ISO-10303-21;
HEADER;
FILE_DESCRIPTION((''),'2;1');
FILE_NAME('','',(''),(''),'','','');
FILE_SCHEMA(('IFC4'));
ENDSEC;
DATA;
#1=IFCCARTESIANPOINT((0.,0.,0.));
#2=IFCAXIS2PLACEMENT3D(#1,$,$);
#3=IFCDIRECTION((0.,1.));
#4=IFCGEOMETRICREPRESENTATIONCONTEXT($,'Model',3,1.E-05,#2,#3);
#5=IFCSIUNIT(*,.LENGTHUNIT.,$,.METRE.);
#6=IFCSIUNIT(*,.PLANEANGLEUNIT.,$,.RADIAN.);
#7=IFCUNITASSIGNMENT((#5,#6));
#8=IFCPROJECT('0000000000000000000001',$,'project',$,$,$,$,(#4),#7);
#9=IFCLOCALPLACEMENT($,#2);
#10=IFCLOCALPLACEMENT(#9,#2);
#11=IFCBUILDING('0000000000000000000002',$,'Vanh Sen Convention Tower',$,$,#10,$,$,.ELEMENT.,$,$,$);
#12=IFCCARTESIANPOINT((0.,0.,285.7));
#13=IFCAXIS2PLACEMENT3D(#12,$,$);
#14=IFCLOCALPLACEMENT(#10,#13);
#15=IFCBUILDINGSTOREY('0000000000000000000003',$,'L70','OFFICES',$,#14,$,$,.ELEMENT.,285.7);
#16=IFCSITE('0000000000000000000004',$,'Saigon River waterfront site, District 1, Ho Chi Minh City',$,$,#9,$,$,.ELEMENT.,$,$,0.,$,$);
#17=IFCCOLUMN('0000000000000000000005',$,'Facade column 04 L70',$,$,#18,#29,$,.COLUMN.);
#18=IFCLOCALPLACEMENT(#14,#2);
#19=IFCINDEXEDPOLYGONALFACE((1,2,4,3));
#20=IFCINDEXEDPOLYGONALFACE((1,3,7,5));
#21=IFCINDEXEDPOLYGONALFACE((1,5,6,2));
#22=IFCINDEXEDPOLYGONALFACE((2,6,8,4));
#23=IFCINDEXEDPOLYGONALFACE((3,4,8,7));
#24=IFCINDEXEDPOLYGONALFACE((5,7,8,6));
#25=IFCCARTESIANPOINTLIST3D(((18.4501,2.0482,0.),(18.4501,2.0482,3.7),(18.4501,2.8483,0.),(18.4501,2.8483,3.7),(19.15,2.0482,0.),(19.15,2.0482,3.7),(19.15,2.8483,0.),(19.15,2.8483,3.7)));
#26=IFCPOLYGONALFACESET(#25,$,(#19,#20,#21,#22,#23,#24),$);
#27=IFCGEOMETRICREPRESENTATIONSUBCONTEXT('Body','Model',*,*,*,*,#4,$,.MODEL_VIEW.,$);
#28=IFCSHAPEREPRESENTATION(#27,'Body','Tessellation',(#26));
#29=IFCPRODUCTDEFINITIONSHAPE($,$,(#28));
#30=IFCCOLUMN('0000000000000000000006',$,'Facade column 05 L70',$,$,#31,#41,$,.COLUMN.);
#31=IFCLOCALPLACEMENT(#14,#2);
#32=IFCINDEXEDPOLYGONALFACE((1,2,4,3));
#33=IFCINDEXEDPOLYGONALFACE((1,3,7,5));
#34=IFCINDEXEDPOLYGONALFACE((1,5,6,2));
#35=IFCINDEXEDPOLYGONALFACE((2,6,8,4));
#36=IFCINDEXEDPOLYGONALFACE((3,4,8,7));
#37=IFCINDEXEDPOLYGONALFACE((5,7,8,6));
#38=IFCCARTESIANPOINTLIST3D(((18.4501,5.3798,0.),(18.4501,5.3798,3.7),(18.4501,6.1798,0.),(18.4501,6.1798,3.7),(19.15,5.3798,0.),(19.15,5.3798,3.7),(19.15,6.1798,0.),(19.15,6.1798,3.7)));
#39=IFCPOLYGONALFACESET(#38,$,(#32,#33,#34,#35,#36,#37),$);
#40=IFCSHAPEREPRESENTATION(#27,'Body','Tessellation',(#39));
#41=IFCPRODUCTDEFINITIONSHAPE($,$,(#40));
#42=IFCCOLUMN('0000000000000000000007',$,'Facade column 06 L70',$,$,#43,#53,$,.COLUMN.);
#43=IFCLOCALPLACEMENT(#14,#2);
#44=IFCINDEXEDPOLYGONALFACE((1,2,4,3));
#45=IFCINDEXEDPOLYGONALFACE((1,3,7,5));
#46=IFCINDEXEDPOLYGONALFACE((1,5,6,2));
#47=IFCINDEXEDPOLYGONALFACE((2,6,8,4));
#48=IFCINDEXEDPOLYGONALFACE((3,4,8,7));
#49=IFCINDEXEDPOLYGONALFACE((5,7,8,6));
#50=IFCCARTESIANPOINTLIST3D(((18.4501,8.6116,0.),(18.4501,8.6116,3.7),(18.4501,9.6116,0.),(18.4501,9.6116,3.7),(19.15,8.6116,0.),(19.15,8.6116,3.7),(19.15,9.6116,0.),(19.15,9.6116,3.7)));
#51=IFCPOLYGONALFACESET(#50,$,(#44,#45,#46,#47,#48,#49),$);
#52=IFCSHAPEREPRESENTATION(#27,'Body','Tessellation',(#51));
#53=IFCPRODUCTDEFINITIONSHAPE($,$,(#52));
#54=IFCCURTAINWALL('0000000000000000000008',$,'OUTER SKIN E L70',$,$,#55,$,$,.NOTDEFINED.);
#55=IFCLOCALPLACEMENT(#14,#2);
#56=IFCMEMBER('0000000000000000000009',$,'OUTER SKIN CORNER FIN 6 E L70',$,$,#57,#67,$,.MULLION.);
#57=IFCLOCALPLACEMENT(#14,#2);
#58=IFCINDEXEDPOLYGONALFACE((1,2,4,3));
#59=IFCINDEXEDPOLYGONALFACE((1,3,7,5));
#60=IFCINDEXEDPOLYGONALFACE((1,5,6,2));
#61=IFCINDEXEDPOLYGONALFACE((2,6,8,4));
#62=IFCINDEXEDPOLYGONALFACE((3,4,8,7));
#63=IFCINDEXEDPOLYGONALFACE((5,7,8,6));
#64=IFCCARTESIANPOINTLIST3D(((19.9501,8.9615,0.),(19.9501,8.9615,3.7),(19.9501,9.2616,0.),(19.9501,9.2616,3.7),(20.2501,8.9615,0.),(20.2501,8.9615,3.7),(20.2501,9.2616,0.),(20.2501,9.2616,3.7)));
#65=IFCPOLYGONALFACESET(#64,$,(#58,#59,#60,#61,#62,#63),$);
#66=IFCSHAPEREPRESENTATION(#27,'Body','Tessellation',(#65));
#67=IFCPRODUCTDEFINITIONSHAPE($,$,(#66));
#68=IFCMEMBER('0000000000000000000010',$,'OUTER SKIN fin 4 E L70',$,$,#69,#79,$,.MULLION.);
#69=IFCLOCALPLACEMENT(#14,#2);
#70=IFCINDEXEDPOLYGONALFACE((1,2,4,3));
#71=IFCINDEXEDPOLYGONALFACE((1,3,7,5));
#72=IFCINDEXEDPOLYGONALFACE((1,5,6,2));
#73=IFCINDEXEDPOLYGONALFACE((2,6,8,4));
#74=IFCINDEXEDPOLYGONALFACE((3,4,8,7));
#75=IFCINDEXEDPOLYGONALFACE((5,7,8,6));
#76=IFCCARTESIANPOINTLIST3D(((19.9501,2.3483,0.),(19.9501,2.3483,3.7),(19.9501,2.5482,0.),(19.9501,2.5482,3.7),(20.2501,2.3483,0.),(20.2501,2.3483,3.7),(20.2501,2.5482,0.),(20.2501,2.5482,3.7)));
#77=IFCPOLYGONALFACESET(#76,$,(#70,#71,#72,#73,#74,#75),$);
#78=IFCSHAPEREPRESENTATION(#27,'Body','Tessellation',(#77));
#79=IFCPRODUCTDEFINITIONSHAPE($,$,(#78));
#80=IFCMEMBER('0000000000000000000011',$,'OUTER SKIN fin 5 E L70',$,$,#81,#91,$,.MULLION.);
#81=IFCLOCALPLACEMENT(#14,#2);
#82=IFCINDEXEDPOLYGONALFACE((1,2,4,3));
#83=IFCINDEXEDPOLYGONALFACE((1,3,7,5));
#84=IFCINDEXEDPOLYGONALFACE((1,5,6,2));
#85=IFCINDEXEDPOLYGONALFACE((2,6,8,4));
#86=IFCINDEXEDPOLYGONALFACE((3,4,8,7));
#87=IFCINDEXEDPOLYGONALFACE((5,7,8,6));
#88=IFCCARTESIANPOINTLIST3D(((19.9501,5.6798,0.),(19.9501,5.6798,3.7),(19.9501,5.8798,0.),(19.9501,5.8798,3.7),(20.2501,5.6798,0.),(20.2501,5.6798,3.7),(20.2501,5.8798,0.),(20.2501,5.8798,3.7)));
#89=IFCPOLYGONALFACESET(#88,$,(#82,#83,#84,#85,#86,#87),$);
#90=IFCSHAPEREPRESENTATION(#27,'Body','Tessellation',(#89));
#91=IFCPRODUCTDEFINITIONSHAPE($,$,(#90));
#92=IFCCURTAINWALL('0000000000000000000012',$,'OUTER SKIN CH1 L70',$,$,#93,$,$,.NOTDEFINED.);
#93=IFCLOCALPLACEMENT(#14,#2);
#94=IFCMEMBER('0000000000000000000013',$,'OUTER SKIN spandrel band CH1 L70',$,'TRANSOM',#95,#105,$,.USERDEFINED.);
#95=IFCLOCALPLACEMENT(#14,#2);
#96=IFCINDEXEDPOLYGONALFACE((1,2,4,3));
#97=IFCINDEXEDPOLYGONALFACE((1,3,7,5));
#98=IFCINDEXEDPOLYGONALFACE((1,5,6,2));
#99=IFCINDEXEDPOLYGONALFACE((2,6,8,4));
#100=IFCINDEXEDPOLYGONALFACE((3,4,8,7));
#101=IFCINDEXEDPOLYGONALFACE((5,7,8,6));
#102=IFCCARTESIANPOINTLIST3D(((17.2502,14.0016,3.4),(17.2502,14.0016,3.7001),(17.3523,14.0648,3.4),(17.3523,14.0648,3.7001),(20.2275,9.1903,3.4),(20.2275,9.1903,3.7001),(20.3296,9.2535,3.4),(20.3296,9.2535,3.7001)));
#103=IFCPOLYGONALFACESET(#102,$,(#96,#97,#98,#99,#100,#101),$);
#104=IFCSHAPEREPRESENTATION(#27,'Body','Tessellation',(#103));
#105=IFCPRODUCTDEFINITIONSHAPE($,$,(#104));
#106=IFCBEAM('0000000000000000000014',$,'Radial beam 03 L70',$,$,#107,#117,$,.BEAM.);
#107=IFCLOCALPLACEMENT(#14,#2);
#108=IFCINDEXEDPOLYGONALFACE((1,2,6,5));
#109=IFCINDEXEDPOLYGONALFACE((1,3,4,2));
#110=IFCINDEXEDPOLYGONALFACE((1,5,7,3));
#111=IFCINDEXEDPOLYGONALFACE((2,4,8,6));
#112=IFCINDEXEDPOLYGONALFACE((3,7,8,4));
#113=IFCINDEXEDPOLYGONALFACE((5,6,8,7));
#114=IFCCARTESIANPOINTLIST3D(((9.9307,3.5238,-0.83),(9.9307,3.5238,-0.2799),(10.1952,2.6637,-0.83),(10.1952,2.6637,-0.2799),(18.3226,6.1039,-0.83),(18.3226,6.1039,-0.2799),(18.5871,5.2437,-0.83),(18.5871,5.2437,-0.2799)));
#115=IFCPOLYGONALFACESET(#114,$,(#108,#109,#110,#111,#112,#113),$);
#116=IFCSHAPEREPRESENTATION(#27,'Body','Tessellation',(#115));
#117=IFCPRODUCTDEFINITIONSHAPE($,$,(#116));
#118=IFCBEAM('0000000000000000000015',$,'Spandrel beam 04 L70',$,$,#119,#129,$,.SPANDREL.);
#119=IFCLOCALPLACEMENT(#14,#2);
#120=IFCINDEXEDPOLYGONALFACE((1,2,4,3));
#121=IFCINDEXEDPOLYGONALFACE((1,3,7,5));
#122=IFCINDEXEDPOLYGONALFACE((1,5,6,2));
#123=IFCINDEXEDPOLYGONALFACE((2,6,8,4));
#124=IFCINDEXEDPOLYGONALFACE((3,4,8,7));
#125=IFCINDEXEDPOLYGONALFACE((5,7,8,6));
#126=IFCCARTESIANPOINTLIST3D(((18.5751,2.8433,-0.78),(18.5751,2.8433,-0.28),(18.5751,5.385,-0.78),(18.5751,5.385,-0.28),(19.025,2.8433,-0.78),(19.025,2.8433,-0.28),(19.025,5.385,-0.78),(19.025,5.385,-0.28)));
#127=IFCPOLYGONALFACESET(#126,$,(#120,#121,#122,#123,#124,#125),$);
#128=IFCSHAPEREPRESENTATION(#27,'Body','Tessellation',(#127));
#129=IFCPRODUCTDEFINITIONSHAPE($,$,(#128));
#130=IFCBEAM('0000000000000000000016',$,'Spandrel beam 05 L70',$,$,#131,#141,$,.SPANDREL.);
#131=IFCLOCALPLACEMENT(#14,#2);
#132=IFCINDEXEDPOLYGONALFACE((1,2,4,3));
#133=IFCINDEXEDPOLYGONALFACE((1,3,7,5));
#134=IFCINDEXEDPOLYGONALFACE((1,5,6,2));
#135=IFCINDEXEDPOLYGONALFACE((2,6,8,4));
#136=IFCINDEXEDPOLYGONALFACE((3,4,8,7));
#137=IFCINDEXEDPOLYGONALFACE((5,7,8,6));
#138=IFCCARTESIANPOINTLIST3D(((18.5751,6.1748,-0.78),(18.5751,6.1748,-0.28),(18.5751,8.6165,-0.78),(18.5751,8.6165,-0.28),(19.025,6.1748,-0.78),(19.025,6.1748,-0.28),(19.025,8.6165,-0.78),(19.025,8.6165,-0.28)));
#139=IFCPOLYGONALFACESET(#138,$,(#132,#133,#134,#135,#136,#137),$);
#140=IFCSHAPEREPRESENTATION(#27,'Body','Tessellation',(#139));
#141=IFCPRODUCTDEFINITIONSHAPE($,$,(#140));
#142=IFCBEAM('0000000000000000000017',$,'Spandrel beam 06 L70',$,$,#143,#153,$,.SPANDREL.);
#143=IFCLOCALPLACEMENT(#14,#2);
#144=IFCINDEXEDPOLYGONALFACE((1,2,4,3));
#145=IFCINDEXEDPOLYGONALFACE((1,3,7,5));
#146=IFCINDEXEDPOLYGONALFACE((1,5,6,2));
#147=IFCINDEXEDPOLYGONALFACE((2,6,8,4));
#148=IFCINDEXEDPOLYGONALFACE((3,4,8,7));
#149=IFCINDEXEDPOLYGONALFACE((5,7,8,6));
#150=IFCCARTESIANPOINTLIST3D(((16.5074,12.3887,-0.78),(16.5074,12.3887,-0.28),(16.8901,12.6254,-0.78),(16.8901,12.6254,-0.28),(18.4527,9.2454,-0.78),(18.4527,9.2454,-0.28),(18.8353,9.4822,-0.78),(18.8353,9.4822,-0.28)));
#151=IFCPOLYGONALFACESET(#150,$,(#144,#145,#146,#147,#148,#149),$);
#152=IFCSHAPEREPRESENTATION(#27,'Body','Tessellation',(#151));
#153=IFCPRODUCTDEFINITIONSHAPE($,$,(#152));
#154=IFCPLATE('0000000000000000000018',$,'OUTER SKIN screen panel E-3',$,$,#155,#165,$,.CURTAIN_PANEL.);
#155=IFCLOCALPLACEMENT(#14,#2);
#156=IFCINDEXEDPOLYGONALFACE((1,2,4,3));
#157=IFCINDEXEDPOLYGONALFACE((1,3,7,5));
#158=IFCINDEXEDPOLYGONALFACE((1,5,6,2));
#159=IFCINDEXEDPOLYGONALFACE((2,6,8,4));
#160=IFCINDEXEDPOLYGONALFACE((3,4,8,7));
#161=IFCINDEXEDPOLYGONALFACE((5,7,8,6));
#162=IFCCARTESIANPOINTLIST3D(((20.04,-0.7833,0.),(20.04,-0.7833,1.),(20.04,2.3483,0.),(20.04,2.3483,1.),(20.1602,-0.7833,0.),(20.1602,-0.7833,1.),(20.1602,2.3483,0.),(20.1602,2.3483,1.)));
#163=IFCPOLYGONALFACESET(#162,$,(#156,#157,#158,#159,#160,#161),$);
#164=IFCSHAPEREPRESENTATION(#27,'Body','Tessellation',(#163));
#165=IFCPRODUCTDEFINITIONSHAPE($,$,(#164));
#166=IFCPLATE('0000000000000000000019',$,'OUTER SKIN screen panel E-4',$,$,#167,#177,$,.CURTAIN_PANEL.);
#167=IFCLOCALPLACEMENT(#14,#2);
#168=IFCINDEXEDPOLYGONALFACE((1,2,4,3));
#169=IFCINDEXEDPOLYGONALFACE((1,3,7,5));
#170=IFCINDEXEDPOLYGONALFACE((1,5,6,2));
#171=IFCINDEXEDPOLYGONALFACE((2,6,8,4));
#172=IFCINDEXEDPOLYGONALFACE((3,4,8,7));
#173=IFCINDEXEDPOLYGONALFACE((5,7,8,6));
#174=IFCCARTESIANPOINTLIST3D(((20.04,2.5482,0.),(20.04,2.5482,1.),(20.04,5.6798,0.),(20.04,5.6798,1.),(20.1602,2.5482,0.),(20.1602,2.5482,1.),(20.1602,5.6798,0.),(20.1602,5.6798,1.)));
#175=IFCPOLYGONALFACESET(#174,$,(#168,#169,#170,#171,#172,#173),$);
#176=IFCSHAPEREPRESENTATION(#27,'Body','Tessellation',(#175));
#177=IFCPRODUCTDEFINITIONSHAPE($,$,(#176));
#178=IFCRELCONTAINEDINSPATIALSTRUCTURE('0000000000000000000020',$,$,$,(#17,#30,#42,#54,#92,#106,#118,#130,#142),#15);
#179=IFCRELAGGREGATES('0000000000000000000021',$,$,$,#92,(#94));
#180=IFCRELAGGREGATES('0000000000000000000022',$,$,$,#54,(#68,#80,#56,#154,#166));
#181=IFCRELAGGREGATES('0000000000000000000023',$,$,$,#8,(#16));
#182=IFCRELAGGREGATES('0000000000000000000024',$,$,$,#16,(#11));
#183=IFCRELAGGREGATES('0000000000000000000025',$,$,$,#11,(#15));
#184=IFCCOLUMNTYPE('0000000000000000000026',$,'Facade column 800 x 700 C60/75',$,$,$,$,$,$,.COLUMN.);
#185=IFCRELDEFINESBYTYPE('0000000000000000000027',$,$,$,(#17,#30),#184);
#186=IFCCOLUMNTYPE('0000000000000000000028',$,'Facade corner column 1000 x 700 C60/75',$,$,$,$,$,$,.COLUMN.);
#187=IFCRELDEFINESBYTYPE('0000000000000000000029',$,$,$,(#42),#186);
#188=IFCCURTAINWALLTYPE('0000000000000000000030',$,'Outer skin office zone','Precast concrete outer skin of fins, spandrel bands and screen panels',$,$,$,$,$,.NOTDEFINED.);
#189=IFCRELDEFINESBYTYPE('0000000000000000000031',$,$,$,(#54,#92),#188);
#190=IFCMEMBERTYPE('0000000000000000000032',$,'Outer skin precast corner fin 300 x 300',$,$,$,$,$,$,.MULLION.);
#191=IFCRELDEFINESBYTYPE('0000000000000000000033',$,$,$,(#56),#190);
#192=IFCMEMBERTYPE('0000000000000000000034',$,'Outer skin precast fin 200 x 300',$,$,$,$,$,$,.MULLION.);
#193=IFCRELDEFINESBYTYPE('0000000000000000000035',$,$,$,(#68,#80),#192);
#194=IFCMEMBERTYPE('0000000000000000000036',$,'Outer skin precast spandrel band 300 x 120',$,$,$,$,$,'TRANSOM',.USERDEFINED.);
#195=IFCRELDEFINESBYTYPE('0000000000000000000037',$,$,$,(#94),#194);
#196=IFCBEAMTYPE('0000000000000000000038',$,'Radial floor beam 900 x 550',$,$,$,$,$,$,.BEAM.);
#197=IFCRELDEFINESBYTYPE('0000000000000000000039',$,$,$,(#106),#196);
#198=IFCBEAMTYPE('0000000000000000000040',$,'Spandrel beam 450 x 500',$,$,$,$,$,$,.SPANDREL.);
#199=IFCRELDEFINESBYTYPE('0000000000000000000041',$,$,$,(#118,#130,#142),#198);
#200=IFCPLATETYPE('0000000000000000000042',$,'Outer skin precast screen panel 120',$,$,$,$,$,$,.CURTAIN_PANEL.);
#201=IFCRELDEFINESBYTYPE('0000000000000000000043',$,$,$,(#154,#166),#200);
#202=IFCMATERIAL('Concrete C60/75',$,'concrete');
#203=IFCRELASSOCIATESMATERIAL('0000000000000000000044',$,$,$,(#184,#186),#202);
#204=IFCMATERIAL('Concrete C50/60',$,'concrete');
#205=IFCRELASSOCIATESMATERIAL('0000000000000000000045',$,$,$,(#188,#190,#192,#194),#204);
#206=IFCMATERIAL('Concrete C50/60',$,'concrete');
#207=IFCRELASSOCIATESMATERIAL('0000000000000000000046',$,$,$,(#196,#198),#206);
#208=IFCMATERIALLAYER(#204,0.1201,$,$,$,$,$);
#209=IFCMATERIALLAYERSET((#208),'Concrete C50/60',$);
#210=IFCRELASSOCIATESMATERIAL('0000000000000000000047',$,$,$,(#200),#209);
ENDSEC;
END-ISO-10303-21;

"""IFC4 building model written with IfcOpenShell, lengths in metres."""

from ifc_helpers import new_model, si_unit, direction, frame, origin, origin_2d, place, context, subcontext, project, spatial, rectangle, extrude, material, layer, layer_set, material_profile, profile_set, type_object, element, aggregate, save


model = new_model("IFC4")

# Units and contexts
model_context = context("Model", 3, precision=1e-05, world=origin(), true_north=direction((0.0, 1.0)))
body_context = subcontext(model_context, "Body", "Model", "MODEL_VIEW")
ifc_project = project(units=[si_unit("LENGTHUNIT", "METRE"), si_unit("PLANEANGLEUNIT", "RADIAN")], contexts=[model_context])

# Site, building, storey
site_placement = place(None, origin())
site = spatial("IfcSite", under=ifc_project, at=site_placement, Name="Saigon River waterfront site, District 1, Ho Chi Minh City", CompositionType="ELEMENT", RefElevation=0.0)
building_placement = place(site_placement, origin())
building = spatial("IfcBuilding", under=site, at=building_placement, Name="Vanh Sen Convention Tower", CompositionType="ELEMENT")
storey_placement = place(building_placement, frame((0.0, 0.0, 285.7)))
storey = spatial("IfcBuildingStorey", under=building, at=storey_placement, Name="L70", Description="OFFICES", CompositionType="ELEMENT", Elevation=285.7)

# Columns
ifc_material_1 = material(Name="Concrete C60/75", Category="concrete")
ifc_material_profile_1 = material_profile(ifc_material_1, rectangle(XDim=0.8, YDim=0.7, at=origin_2d()), Name="RC 800X700")
ifc_profile_set_1 = profile_set([ifc_material_profile_1], Name="Concrete C60/75")
column_type_1 = type_object("IfcColumnType", Name="Facade column 800 x 700 C60/75", PredefinedType="COLUMN", material=ifc_profile_set_1)
for number, where, z_axis, x_axis, name in (
    (1, (18.8, 2.4482, 0.0), (0.0, 0.0, 1.0), (0.0, 1.0, 0.0), "Facade column 04 L70"),
    (2, (18.8, 5.7798, 0.0), (0.0, 0.0, 1.0), (0.0, 1.0, 0.0), "Facade column 05 L70"),
):
    element("IfcColumn", number, at=place(storey_placement, frame(where, z_axis=z_axis, x_axis=x_axis)), inside=storey, type_object=column_type_1, Name=name, PredefinedType="COLUMN", context=body_context, shape_type="SweptSolid", body=[
        extrude(rectangle(XDim=0.8, YDim=0.7, at=origin_2d()), origin(), (0.0, 0.0, 1.0), 3.7),
    ])
ifc_material_profile_2 = material_profile(ifc_material_1, rectangle(XDim=1.0, YDim=0.7, at=origin_2d()), Name="RC 1000X700")
ifc_profile_set_2 = profile_set([ifc_material_profile_2], Name="Concrete C60/75")
column_type_2 = type_object("IfcColumnType", Name="Facade corner column 1000 x 700 C60/75", PredefinedType="COLUMN", material=ifc_profile_set_2)
column_placement = place(storey_placement, frame((18.8, 9.1116, 0.0), z_axis=(0.0, 0.0, 1.0), x_axis=(0.0, 1.0, 0.0)))
element("IfcColumn", 3, at=column_placement, inside=storey, type_object=column_type_2, Name="Facade column 06 L70", PredefinedType="COLUMN", context=body_context, shape_type="SweptSolid", body=[
    extrude(rectangle(XDim=1.0, YDim=0.7, at=origin_2d()), origin(), (0.0, 0.0, 1.0), 3.7),
])

# Curtain wall, members
ifc_material_2 = material(Name="Concrete C50/60", Category="concrete")
curtain_wall_type = type_object("IfcCurtainWallType", Name="Outer skin office zone", Description="Precast concrete outer skin of fins, spandrel bands and screen panels", PredefinedType="NOTDEFINED", material=ifc_material_2)
curtain_wall_1_placement = place(storey_placement, origin())
curtain_wall_1 = element("IfcCurtainWall", 4, at=curtain_wall_1_placement, inside=storey, type_object=curtain_wall_type, Name="OUTER SKIN E L70", PredefinedType="NOTDEFINED")
ifc_material_profile_3 = material_profile(ifc_material_2, rectangle(XDim=0.3, YDim=0.3, at=origin_2d()), Name="Outer skin precast corner fin 300 x 300")
ifc_profile_set_3 = profile_set([ifc_material_profile_3], Name="Concrete C50/60")
member_type_1 = type_object("IfcMemberType", Name="Outer skin precast corner fin 300 x 300", PredefinedType="MULLION", material=ifc_profile_set_3)
member_1_placement = place(storey_placement, frame((20.1001, 9.1116, 0.0), z_axis=(0.0, 0.0, 1.0), x_axis=(0.0, 1.0, 0.0)))
member_1 = element("IfcMember", 5, at=member_1_placement, type_object=member_type_1, Name="OUTER SKIN CORNER FIN 6 E L70", PredefinedType="MULLION", context=body_context, shape_type="SweptSolid", body=[
    extrude(rectangle(XDim=0.3, YDim=0.3, at=origin_2d()), origin(), (0.0, 0.0, 1.0), 3.7),
])
ifc_material_profile_4 = material_profile(ifc_material_2, rectangle(XDim=0.2, YDim=0.3, at=origin_2d()), Name="Outer skin precast fin 200 x 300")
ifc_profile_set_4 = profile_set([ifc_material_profile_4], Name="Concrete C50/60")
member_type_2 = type_object("IfcMemberType", Name="Outer skin precast fin 200 x 300", PredefinedType="MULLION", material=ifc_profile_set_4)
member_2_placement = place(storey_placement, frame((20.1001, 2.4482, 0.0), z_axis=(0.0, 0.0, 1.0), x_axis=(0.0, 1.0, 0.0)))
member_2 = element("IfcMember", 6, at=member_2_placement, type_object=member_type_2, Name="OUTER SKIN fin 4 E L70", PredefinedType="MULLION", context=body_context, shape_type="SweptSolid", body=[
    extrude(rectangle(XDim=0.2, YDim=0.3, at=origin_2d()), origin(), (0.0, 0.0, 1.0), 3.7),
])
member_3_placement = place(storey_placement, frame((20.1001, 5.7798, 0.0), z_axis=(0.0, 0.0, 1.0), x_axis=(0.0, 1.0, 0.0)))
member_3 = element("IfcMember", 7, at=member_3_placement, type_object=member_type_2, Name="OUTER SKIN fin 5 E L70", PredefinedType="MULLION", context=body_context, shape_type="SweptSolid", body=[
    extrude(rectangle(XDim=0.2, YDim=0.3, at=origin_2d()), origin(), (0.0, 0.0, 1.0), 3.7),
])

# Curtain wall, member
curtain_wall_2_placement = place(storey_placement, origin())
curtain_wall_2 = element("IfcCurtainWall", 8, at=curtain_wall_2_placement, inside=storey, type_object=curtain_wall_type, Name="OUTER SKIN CH1 L70", PredefinedType="NOTDEFINED")
ifc_material_profile_5 = material_profile(ifc_material_2, rectangle(XDim=0.1201, YDim=0.3, at=origin_2d()), Name="Outer skin precast spandrel band 300 x 120")
ifc_profile_set_5 = profile_set([ifc_material_profile_5], Name="Concrete C50/60")
member_type_3 = type_object("IfcMemberType", Name="Outer skin precast spandrel band 300 x 120", ElementType="TRANSOM", PredefinedType="USERDEFINED", material=ifc_profile_set_5)
member_4_placement = place(storey_placement, frame((20.2786, 9.2219, 3.55), z_axis=(-0.526212, 0.850353, 0.0), x_axis=(-0.850353, -0.526212, 0.0)))
member_4 = element("IfcMember", 9, at=member_4_placement, type_object=member_type_3, Name="OUTER SKIN spandrel band CH1 L70", ObjectType="TRANSOM", PredefinedType="USERDEFINED", context=body_context, shape_type="SweptSolid", body=[
    extrude(rectangle(XDim=0.1201, YDim=0.3, at=origin_2d()), origin(), (0.0, 0.0, 1.0), 5.658),
])
aggregate(curtain_wall_2, [member_4])

# Beams
ifc_material_3 = material(Name="Concrete C50/60", Category="concrete")
ifc_material_profile_6 = material_profile(ifc_material_3, rectangle(XDim=0.8999, YDim=0.55, at=origin_2d()), Name="RC 900X550")
ifc_profile_set_6 = profile_set([ifc_material_profile_6], Name="Concrete C50/60")
beam_type_1 = type_object("IfcBeamType", Name="Radial floor beam 900 x 550", PredefinedType="BEAM", material=ifc_profile_set_6)
beam_1_placement = place(storey_placement, frame((18.4548, 5.6738, -0.5549), z_axis=(-0.955844, -0.293875, 0.0), x_axis=(0.293875, -0.955844, 0.0)))
element("IfcBeam", 10, at=beam_1_placement, inside=storey, type_object=beam_type_1, Name="Radial beam 03 L70", PredefinedType="BEAM", context=body_context, shape_type="SweptSolid", body=[
    extrude(rectangle(XDim=0.8999, YDim=0.55, at=origin_2d()), origin(), (0.0, 0.0, 1.0), 8.7795),
])
ifc_material_profile_7 = material_profile(ifc_material_3, rectangle(XDim=0.45, YDim=0.5, at=origin_2d()), Name="RC 450X500")
ifc_profile_set_7 = profile_set([ifc_material_profile_7], Name="Concrete C50/60")
beam_type_2 = type_object("IfcBeamType", Name="Spandrel beam 450 x 500", PredefinedType="SPANDREL", material=ifc_profile_set_7)
beam_2_placement = place(storey_placement, frame((18.8, 2.8433, -0.53), z_axis=(0.0, 1.0, 0.0), x_axis=(-1.0, 0.0, 0.0)))
element("IfcBeam", 11, at=beam_2_placement, inside=storey, type_object=beam_type_2, Name="Spandrel beam 04 L70", PredefinedType="SPANDREL", context=body_context, shape_type="SweptSolid", body=[
    extrude(rectangle(XDim=0.45, YDim=0.5, at=origin_2d()), origin(), (0.0, 0.0, 1.0), 2.5417),
])
beam_3_placement = place(storey_placement, frame((18.8, 6.1748, -0.53), z_axis=(0.0, 1.0, 0.0), x_axis=(-1.0, 0.0, 0.0)))
element("IfcBeam", 12, at=beam_3_placement, inside=storey, type_object=beam_type_2, Name="Spandrel beam 05 L70", PredefinedType="SPANDREL", context=body_context, shape_type="SweptSolid", body=[
    extrude(rectangle(XDim=0.45, YDim=0.5, at=origin_2d()), origin(), (0.0, 0.0, 1.0), 2.4417),
])
beam_4_placement = place(storey_placement, frame((18.644, 9.3638, -0.53), z_axis=(-0.526248, 0.850331, 0.0), x_axis=(-0.850331, -0.526248, 0.0)))
element("IfcBeam", 13, at=beam_4_placement, inside=storey, type_object=beam_type_2, Name="Spandrel beam 06 L70", PredefinedType="SPANDREL", context=body_context, shape_type="SweptSolid", body=[
    extrude(rectangle(XDim=0.45, YDim=0.5, at=origin_2d()), origin(), (0.0, 0.0, 1.0), 3.6965),
])

# Plates
ifc_layer_1 = layer(ifc_material_2, 0.1201)
ifc_layer_set_1 = layer_set([ifc_layer_1], Name="Concrete C50/60")
plate_type = type_object("IfcPlateType", Name="Outer skin precast screen panel 120", PredefinedType="CURTAIN_PANEL", material=ifc_layer_set_1)
plate_1_placement = place(storey_placement, frame((20.1001, 0.7825, 0.0), z_axis=(0.0, 0.0, 1.0), x_axis=(0.0, 1.0, 0.0)))
plate_1 = element("IfcPlate", 14, at=plate_1_placement, type_object=plate_type, Name="OUTER SKIN screen panel E-3", PredefinedType="CURTAIN_PANEL", context=body_context, shape_type="SweptSolid", body=[
    extrude(rectangle(XDim=3.1316, YDim=0.1201, at=origin_2d()), origin(), (0.0, 0.0, 1.0), 1.0),
])
plate_2_placement = place(storey_placement, frame((20.1001, 4.114, 0.0), z_axis=(0.0, 0.0, 1.0), x_axis=(0.0, 1.0, 0.0)))
plate_2 = element("IfcPlate", 15, at=plate_2_placement, type_object=plate_type, Name="OUTER SKIN screen panel E-4", PredefinedType="CURTAIN_PANEL", context=body_context, shape_type="SweptSolid", body=[
    extrude(rectangle(XDim=3.1316, YDim=0.1201, at=origin_2d()), origin(), (0.0, 0.0, 1.0), 1.0),
])
aggregate(curtain_wall_1, [member_2, member_3, member_1, plate_1, plate_2])

save(model, "model.ifc")
